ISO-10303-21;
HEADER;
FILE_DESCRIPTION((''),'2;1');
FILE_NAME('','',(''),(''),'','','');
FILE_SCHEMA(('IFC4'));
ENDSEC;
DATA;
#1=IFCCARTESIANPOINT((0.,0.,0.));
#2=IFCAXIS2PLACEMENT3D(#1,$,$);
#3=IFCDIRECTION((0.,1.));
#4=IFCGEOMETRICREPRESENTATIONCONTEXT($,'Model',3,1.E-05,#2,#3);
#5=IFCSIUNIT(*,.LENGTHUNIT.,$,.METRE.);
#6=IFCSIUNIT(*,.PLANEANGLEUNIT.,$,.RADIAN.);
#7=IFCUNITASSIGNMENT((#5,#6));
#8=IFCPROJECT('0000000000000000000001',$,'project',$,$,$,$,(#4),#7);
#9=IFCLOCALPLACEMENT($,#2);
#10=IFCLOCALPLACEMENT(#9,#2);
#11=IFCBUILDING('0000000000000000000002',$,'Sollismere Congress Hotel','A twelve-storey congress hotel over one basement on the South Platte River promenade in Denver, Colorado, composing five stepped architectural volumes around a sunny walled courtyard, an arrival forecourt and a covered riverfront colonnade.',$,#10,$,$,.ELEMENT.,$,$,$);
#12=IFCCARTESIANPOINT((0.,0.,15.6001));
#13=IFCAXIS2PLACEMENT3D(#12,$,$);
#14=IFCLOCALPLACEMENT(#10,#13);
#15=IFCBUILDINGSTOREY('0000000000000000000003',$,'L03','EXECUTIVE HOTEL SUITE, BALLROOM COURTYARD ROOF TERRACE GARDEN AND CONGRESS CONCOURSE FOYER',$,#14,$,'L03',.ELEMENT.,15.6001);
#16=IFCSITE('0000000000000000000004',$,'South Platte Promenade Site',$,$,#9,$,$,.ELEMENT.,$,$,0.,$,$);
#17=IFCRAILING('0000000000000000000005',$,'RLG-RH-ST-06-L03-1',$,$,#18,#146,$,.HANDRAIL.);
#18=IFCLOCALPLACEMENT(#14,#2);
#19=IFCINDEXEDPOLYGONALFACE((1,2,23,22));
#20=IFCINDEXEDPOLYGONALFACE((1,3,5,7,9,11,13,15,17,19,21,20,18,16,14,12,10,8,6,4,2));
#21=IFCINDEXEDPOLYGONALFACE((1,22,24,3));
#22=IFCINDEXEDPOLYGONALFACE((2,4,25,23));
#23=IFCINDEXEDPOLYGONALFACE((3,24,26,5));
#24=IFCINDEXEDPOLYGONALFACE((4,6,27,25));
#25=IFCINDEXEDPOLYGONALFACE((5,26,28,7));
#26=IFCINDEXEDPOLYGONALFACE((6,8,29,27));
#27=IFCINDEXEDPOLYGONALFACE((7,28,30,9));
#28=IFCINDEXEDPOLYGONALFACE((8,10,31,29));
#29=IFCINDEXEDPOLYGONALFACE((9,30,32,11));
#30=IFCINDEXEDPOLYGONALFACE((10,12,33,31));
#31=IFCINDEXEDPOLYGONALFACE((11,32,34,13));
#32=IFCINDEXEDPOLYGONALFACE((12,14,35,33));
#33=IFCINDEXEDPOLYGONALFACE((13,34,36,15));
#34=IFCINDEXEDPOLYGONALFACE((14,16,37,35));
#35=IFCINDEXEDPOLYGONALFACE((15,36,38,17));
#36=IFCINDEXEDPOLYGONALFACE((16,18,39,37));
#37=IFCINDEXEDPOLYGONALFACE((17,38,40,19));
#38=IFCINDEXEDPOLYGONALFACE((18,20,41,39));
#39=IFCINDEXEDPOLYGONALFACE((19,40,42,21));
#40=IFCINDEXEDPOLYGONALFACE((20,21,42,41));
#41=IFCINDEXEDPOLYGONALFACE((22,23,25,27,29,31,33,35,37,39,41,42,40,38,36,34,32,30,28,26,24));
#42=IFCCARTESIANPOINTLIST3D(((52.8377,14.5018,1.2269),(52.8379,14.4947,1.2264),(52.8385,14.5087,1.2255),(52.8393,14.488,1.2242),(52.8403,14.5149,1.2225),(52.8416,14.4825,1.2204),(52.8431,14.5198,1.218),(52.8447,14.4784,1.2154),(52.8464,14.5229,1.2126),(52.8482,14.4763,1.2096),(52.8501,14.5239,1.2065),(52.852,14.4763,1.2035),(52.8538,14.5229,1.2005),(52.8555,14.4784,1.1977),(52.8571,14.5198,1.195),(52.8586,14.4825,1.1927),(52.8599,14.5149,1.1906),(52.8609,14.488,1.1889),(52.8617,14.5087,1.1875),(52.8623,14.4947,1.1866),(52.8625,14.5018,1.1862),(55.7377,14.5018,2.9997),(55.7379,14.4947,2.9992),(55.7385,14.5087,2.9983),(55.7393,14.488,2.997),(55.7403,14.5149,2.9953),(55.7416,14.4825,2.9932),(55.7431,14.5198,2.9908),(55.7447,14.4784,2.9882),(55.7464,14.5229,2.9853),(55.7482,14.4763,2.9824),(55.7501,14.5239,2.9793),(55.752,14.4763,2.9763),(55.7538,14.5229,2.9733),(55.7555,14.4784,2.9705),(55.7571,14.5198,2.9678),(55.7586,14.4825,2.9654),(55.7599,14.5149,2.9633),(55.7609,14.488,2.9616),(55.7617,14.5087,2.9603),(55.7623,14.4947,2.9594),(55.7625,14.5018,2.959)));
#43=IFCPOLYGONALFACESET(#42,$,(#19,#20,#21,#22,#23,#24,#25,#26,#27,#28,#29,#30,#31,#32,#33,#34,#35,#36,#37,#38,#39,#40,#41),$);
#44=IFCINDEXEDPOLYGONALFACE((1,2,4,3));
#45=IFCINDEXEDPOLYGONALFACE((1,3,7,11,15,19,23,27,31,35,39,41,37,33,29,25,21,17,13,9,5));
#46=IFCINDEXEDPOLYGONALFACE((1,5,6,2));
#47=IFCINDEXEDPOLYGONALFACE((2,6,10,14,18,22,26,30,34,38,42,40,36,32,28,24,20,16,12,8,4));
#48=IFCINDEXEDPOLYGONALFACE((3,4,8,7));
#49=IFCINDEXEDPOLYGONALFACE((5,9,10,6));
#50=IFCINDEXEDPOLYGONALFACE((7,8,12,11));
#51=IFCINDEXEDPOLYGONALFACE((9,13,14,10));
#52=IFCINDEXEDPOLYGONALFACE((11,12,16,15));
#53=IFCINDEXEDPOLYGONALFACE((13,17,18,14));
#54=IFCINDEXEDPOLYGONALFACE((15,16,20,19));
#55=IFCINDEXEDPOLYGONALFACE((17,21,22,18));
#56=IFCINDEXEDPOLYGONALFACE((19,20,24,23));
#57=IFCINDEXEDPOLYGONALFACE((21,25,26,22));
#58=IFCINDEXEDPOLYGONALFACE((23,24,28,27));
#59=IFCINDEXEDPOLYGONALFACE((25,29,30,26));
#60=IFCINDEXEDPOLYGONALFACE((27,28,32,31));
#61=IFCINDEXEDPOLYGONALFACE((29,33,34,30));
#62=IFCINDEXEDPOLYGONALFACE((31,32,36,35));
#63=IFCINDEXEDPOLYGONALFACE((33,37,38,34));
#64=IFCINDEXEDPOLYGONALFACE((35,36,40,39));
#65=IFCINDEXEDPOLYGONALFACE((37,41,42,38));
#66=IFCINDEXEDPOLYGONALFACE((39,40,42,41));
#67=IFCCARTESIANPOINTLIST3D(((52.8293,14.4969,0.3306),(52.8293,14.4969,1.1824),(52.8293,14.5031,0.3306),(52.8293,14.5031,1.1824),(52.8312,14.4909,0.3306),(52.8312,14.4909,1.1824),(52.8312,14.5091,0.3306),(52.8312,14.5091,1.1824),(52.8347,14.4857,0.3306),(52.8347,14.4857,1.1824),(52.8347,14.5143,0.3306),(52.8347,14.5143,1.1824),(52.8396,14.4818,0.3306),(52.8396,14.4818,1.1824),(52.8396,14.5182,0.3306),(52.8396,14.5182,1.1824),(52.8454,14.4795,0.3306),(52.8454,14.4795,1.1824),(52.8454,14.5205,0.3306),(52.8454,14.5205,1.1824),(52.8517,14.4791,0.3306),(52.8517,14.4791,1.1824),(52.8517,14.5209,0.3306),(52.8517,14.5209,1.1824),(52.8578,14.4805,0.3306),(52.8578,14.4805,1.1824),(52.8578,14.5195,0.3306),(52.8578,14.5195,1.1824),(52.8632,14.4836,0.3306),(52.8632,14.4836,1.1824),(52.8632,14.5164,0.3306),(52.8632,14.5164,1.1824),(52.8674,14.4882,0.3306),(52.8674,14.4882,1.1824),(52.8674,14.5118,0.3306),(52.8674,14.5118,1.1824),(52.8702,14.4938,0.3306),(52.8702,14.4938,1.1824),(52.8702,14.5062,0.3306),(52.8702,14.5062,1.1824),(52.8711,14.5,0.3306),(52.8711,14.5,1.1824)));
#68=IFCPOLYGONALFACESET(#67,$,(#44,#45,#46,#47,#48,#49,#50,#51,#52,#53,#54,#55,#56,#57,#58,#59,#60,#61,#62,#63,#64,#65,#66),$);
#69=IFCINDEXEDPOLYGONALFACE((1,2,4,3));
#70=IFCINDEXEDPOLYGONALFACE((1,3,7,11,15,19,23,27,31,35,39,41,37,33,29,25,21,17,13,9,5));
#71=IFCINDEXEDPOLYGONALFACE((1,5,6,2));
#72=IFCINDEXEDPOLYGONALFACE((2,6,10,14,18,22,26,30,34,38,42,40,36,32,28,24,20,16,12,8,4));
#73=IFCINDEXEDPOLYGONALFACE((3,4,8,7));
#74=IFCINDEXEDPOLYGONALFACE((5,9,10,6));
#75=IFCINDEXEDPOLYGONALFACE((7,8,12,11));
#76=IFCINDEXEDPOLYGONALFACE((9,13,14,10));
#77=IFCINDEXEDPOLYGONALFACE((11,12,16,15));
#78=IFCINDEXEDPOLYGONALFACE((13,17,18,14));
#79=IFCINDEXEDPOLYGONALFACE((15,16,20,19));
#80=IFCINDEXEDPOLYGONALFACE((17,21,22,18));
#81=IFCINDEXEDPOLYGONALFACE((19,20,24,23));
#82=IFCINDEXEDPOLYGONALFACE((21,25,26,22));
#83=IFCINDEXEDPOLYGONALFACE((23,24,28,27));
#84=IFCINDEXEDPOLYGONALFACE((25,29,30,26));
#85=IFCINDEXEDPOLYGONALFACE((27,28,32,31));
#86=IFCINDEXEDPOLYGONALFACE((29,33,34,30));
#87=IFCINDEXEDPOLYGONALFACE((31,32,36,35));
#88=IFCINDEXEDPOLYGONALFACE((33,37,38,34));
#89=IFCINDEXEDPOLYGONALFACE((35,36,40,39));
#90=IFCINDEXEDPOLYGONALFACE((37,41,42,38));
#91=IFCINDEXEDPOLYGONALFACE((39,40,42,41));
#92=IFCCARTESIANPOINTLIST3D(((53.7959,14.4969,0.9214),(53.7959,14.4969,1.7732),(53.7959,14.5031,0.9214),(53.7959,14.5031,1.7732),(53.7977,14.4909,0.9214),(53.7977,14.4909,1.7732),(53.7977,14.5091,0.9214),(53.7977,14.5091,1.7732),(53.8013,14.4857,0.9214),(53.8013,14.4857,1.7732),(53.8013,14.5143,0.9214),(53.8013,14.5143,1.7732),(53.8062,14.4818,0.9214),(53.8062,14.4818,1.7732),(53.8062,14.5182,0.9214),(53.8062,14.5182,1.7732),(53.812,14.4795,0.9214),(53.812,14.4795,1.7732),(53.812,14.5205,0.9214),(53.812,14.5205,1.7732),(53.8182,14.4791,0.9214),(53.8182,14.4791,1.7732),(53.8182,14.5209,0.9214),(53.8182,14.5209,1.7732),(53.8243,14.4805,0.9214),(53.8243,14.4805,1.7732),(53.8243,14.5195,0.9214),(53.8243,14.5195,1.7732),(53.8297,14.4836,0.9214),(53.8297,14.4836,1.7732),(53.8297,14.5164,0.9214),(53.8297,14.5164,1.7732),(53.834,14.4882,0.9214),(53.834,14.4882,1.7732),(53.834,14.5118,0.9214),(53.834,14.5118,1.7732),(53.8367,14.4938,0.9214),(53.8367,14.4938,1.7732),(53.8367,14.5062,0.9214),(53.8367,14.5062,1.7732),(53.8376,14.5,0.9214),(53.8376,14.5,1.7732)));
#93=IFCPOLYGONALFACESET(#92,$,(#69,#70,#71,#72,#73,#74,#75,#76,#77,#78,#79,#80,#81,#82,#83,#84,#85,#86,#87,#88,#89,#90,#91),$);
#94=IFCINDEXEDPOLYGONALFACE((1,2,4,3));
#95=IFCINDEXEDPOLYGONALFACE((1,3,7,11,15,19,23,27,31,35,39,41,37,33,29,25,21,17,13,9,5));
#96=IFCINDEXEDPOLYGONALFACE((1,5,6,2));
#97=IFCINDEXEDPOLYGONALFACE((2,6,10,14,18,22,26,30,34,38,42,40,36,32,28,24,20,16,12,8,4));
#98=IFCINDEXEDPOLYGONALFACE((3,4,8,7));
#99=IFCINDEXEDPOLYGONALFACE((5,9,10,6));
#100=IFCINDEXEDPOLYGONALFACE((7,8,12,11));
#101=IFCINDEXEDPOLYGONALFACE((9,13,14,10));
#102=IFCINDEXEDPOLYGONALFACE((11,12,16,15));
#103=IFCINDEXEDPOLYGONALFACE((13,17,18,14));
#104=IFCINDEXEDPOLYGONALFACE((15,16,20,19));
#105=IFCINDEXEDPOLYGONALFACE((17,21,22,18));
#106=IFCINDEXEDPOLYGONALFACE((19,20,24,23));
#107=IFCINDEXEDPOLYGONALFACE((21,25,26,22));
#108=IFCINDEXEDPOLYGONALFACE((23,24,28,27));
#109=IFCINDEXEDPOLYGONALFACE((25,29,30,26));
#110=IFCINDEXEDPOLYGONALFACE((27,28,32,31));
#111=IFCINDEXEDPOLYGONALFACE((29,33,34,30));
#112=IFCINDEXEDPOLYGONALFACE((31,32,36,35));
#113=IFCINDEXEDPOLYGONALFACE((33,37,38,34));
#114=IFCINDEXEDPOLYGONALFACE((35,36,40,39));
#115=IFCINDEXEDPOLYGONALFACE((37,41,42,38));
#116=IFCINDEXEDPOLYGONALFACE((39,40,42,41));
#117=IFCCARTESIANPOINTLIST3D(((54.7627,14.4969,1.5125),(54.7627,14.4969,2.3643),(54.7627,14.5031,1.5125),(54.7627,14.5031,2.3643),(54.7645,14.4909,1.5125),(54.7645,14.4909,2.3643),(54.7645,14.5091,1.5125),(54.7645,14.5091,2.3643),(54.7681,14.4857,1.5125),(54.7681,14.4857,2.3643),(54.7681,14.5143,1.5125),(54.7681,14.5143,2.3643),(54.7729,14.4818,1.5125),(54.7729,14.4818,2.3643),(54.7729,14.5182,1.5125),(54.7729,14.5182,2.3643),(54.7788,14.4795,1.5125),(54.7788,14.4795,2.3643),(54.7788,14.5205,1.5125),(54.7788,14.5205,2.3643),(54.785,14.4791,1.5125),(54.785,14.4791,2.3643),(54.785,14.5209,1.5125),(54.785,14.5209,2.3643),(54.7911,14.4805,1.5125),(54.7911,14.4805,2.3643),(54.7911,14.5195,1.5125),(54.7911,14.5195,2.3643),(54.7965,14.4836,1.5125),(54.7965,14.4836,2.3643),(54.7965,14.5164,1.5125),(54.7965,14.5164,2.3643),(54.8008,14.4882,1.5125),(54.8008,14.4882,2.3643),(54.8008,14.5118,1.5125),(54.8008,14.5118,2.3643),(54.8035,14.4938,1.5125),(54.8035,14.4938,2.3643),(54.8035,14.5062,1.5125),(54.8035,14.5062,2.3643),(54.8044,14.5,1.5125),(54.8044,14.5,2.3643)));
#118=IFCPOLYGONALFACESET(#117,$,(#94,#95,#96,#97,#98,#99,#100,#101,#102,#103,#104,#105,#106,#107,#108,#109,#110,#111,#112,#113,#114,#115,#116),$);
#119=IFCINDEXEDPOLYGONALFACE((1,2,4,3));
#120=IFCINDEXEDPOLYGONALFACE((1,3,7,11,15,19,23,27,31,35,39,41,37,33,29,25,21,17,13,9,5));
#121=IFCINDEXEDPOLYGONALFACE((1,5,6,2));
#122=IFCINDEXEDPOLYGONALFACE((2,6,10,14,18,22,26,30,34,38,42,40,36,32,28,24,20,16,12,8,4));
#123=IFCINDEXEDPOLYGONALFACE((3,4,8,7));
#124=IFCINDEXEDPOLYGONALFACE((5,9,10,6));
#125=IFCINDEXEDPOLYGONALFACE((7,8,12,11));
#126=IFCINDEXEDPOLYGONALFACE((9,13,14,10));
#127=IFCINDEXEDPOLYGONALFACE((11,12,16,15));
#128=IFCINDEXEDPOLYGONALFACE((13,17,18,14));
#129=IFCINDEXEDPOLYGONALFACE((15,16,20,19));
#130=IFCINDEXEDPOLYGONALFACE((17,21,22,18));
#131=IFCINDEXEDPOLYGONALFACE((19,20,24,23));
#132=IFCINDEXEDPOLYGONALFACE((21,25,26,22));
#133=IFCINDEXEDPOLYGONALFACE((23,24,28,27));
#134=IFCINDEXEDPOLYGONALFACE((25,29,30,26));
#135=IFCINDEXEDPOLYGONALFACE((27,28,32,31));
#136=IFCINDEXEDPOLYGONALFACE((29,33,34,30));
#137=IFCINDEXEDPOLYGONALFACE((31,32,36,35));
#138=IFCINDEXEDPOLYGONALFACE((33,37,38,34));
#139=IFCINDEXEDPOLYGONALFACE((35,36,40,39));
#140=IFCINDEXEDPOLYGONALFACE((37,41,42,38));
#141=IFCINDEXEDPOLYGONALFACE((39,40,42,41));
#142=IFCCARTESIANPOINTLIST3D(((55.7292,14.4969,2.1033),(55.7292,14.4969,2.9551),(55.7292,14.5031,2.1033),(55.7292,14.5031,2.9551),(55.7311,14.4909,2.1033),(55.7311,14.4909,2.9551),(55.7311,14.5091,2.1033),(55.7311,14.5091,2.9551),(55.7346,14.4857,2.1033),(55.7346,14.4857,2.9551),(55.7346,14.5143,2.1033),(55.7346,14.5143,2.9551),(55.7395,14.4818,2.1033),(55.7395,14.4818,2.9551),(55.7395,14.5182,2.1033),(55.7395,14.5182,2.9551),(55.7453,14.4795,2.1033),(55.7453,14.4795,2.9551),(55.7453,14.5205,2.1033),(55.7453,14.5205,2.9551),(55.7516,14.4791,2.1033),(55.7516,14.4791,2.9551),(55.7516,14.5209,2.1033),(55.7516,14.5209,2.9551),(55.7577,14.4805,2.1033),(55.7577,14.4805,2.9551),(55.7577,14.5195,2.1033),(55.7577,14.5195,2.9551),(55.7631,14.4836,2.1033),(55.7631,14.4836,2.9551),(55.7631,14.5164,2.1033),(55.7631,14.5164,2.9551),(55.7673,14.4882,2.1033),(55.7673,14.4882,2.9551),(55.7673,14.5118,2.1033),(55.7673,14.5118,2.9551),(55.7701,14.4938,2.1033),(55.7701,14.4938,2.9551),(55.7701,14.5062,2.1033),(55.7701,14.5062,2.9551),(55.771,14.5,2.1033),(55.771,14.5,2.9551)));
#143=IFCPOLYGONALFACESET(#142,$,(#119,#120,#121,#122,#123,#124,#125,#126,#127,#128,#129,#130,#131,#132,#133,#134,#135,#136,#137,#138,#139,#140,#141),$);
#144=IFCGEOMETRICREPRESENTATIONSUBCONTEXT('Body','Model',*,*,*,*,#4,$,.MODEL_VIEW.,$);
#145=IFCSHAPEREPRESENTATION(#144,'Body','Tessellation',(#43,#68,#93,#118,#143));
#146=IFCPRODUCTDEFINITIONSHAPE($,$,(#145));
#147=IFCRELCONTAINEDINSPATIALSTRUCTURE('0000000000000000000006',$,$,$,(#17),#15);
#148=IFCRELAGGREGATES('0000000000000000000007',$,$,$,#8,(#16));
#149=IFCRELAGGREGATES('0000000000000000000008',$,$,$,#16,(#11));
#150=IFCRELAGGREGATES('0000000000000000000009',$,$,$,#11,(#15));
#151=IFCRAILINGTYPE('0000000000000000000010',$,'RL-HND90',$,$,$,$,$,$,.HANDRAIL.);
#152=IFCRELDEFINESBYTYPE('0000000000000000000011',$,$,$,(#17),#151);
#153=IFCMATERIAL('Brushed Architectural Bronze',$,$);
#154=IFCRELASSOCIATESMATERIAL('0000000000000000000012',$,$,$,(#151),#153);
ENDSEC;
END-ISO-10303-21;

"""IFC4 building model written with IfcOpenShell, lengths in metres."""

from ifc_helpers import new_model, si_unit, direction, frame, origin, origin_2d, place, context, subcontext, project, spatial, circle, extrude, material, type_object, element, save


model = new_model("IFC4")

# Units and contexts
model_context = context("Model", 3, precision=1e-05, world=origin(), true_north=direction((0.0, 1.0)))
body_context = subcontext(model_context, "Body", "Model", "MODEL_VIEW")
ifc_project = project(units=[si_unit("LENGTHUNIT", "METRE"), si_unit("PLANEANGLEUNIT", "RADIAN")], contexts=[model_context])

# Site, building, storey
site_placement = place(None, origin())
site = spatial("IfcSite", under=ifc_project, at=site_placement, Name="South Platte Promenade Site", CompositionType="ELEMENT", RefElevation=0.0)
building_placement = place(site_placement, origin())
building = spatial("IfcBuilding", under=site, at=building_placement, Name="Sollismere Congress Hotel", Description="A twelve-storey congress hotel over one basement on the South Platte River promenade in Denver, Colorado, composing five stepped architectural volumes around a sunny walled courtyard, an arrival forecourt and a covered riverfront colonnade.", CompositionType="ELEMENT")
storey_placement = place(building_placement, frame((0.0, 0.0, 15.6001)))
storey = spatial("IfcBuildingStorey", under=building, at=storey_placement, Name="L03", Description="EXECUTIVE HOTEL SUITE, BALLROOM COURTYARD ROOF TERRACE GARDEN AND CONGRESS CONCOURSE FOYER", LongName="L03", CompositionType="ELEMENT", Elevation=15.6001)

# Railing
ifc_material_1 = material(Name="Brushed Architectural Bronze")
railing_type_1 = type_object("IfcRailingType", Name="RL-HND90", PredefinedType="HANDRAIL", material=ifc_material_1)
railing_1_placement = place(storey_placement, frame((52.8501, 14.5, 0.3306)))
element("IfcRailing", 1, at=railing_1_placement, inside=storey, type_object=railing_type_1, Name="RLG-RH-ST-06-L03-1", PredefinedType="HANDRAIL", context=body_context, shape_type="SweptSolid", body=[
    extrude(circle(Radius=0.0239, at=origin_2d()), frame((0.0, 0.0, 0.876), z_axis=(0.853211, 0.0, 0.521566), x_axis=(0.0, 1.0, 0.0)), (0.0, 0.0, 1.0), 3.3989),
    extrude(circle(Radius=0.021, at=origin_2d()), origin(), (0.0, 0.0, 1.0), 0.8518),
    extrude(circle(Radius=0.021, at=origin_2d()), frame((0.9666, 0.0, 0.5908)), (0.0, 0.0, 1.0), 0.8518),
    extrude(circle(Radius=0.021, at=origin_2d()), frame((1.9333, 0.0, 1.1819)), (0.0, 0.0, 1.0), 0.8518),
    extrude(circle(Radius=0.021, at=origin_2d()), frame((2.8999, 0.0, 1.7727)), (0.0, 0.0, 1.0), 0.8518),
])

save(model, "model.ifc")
